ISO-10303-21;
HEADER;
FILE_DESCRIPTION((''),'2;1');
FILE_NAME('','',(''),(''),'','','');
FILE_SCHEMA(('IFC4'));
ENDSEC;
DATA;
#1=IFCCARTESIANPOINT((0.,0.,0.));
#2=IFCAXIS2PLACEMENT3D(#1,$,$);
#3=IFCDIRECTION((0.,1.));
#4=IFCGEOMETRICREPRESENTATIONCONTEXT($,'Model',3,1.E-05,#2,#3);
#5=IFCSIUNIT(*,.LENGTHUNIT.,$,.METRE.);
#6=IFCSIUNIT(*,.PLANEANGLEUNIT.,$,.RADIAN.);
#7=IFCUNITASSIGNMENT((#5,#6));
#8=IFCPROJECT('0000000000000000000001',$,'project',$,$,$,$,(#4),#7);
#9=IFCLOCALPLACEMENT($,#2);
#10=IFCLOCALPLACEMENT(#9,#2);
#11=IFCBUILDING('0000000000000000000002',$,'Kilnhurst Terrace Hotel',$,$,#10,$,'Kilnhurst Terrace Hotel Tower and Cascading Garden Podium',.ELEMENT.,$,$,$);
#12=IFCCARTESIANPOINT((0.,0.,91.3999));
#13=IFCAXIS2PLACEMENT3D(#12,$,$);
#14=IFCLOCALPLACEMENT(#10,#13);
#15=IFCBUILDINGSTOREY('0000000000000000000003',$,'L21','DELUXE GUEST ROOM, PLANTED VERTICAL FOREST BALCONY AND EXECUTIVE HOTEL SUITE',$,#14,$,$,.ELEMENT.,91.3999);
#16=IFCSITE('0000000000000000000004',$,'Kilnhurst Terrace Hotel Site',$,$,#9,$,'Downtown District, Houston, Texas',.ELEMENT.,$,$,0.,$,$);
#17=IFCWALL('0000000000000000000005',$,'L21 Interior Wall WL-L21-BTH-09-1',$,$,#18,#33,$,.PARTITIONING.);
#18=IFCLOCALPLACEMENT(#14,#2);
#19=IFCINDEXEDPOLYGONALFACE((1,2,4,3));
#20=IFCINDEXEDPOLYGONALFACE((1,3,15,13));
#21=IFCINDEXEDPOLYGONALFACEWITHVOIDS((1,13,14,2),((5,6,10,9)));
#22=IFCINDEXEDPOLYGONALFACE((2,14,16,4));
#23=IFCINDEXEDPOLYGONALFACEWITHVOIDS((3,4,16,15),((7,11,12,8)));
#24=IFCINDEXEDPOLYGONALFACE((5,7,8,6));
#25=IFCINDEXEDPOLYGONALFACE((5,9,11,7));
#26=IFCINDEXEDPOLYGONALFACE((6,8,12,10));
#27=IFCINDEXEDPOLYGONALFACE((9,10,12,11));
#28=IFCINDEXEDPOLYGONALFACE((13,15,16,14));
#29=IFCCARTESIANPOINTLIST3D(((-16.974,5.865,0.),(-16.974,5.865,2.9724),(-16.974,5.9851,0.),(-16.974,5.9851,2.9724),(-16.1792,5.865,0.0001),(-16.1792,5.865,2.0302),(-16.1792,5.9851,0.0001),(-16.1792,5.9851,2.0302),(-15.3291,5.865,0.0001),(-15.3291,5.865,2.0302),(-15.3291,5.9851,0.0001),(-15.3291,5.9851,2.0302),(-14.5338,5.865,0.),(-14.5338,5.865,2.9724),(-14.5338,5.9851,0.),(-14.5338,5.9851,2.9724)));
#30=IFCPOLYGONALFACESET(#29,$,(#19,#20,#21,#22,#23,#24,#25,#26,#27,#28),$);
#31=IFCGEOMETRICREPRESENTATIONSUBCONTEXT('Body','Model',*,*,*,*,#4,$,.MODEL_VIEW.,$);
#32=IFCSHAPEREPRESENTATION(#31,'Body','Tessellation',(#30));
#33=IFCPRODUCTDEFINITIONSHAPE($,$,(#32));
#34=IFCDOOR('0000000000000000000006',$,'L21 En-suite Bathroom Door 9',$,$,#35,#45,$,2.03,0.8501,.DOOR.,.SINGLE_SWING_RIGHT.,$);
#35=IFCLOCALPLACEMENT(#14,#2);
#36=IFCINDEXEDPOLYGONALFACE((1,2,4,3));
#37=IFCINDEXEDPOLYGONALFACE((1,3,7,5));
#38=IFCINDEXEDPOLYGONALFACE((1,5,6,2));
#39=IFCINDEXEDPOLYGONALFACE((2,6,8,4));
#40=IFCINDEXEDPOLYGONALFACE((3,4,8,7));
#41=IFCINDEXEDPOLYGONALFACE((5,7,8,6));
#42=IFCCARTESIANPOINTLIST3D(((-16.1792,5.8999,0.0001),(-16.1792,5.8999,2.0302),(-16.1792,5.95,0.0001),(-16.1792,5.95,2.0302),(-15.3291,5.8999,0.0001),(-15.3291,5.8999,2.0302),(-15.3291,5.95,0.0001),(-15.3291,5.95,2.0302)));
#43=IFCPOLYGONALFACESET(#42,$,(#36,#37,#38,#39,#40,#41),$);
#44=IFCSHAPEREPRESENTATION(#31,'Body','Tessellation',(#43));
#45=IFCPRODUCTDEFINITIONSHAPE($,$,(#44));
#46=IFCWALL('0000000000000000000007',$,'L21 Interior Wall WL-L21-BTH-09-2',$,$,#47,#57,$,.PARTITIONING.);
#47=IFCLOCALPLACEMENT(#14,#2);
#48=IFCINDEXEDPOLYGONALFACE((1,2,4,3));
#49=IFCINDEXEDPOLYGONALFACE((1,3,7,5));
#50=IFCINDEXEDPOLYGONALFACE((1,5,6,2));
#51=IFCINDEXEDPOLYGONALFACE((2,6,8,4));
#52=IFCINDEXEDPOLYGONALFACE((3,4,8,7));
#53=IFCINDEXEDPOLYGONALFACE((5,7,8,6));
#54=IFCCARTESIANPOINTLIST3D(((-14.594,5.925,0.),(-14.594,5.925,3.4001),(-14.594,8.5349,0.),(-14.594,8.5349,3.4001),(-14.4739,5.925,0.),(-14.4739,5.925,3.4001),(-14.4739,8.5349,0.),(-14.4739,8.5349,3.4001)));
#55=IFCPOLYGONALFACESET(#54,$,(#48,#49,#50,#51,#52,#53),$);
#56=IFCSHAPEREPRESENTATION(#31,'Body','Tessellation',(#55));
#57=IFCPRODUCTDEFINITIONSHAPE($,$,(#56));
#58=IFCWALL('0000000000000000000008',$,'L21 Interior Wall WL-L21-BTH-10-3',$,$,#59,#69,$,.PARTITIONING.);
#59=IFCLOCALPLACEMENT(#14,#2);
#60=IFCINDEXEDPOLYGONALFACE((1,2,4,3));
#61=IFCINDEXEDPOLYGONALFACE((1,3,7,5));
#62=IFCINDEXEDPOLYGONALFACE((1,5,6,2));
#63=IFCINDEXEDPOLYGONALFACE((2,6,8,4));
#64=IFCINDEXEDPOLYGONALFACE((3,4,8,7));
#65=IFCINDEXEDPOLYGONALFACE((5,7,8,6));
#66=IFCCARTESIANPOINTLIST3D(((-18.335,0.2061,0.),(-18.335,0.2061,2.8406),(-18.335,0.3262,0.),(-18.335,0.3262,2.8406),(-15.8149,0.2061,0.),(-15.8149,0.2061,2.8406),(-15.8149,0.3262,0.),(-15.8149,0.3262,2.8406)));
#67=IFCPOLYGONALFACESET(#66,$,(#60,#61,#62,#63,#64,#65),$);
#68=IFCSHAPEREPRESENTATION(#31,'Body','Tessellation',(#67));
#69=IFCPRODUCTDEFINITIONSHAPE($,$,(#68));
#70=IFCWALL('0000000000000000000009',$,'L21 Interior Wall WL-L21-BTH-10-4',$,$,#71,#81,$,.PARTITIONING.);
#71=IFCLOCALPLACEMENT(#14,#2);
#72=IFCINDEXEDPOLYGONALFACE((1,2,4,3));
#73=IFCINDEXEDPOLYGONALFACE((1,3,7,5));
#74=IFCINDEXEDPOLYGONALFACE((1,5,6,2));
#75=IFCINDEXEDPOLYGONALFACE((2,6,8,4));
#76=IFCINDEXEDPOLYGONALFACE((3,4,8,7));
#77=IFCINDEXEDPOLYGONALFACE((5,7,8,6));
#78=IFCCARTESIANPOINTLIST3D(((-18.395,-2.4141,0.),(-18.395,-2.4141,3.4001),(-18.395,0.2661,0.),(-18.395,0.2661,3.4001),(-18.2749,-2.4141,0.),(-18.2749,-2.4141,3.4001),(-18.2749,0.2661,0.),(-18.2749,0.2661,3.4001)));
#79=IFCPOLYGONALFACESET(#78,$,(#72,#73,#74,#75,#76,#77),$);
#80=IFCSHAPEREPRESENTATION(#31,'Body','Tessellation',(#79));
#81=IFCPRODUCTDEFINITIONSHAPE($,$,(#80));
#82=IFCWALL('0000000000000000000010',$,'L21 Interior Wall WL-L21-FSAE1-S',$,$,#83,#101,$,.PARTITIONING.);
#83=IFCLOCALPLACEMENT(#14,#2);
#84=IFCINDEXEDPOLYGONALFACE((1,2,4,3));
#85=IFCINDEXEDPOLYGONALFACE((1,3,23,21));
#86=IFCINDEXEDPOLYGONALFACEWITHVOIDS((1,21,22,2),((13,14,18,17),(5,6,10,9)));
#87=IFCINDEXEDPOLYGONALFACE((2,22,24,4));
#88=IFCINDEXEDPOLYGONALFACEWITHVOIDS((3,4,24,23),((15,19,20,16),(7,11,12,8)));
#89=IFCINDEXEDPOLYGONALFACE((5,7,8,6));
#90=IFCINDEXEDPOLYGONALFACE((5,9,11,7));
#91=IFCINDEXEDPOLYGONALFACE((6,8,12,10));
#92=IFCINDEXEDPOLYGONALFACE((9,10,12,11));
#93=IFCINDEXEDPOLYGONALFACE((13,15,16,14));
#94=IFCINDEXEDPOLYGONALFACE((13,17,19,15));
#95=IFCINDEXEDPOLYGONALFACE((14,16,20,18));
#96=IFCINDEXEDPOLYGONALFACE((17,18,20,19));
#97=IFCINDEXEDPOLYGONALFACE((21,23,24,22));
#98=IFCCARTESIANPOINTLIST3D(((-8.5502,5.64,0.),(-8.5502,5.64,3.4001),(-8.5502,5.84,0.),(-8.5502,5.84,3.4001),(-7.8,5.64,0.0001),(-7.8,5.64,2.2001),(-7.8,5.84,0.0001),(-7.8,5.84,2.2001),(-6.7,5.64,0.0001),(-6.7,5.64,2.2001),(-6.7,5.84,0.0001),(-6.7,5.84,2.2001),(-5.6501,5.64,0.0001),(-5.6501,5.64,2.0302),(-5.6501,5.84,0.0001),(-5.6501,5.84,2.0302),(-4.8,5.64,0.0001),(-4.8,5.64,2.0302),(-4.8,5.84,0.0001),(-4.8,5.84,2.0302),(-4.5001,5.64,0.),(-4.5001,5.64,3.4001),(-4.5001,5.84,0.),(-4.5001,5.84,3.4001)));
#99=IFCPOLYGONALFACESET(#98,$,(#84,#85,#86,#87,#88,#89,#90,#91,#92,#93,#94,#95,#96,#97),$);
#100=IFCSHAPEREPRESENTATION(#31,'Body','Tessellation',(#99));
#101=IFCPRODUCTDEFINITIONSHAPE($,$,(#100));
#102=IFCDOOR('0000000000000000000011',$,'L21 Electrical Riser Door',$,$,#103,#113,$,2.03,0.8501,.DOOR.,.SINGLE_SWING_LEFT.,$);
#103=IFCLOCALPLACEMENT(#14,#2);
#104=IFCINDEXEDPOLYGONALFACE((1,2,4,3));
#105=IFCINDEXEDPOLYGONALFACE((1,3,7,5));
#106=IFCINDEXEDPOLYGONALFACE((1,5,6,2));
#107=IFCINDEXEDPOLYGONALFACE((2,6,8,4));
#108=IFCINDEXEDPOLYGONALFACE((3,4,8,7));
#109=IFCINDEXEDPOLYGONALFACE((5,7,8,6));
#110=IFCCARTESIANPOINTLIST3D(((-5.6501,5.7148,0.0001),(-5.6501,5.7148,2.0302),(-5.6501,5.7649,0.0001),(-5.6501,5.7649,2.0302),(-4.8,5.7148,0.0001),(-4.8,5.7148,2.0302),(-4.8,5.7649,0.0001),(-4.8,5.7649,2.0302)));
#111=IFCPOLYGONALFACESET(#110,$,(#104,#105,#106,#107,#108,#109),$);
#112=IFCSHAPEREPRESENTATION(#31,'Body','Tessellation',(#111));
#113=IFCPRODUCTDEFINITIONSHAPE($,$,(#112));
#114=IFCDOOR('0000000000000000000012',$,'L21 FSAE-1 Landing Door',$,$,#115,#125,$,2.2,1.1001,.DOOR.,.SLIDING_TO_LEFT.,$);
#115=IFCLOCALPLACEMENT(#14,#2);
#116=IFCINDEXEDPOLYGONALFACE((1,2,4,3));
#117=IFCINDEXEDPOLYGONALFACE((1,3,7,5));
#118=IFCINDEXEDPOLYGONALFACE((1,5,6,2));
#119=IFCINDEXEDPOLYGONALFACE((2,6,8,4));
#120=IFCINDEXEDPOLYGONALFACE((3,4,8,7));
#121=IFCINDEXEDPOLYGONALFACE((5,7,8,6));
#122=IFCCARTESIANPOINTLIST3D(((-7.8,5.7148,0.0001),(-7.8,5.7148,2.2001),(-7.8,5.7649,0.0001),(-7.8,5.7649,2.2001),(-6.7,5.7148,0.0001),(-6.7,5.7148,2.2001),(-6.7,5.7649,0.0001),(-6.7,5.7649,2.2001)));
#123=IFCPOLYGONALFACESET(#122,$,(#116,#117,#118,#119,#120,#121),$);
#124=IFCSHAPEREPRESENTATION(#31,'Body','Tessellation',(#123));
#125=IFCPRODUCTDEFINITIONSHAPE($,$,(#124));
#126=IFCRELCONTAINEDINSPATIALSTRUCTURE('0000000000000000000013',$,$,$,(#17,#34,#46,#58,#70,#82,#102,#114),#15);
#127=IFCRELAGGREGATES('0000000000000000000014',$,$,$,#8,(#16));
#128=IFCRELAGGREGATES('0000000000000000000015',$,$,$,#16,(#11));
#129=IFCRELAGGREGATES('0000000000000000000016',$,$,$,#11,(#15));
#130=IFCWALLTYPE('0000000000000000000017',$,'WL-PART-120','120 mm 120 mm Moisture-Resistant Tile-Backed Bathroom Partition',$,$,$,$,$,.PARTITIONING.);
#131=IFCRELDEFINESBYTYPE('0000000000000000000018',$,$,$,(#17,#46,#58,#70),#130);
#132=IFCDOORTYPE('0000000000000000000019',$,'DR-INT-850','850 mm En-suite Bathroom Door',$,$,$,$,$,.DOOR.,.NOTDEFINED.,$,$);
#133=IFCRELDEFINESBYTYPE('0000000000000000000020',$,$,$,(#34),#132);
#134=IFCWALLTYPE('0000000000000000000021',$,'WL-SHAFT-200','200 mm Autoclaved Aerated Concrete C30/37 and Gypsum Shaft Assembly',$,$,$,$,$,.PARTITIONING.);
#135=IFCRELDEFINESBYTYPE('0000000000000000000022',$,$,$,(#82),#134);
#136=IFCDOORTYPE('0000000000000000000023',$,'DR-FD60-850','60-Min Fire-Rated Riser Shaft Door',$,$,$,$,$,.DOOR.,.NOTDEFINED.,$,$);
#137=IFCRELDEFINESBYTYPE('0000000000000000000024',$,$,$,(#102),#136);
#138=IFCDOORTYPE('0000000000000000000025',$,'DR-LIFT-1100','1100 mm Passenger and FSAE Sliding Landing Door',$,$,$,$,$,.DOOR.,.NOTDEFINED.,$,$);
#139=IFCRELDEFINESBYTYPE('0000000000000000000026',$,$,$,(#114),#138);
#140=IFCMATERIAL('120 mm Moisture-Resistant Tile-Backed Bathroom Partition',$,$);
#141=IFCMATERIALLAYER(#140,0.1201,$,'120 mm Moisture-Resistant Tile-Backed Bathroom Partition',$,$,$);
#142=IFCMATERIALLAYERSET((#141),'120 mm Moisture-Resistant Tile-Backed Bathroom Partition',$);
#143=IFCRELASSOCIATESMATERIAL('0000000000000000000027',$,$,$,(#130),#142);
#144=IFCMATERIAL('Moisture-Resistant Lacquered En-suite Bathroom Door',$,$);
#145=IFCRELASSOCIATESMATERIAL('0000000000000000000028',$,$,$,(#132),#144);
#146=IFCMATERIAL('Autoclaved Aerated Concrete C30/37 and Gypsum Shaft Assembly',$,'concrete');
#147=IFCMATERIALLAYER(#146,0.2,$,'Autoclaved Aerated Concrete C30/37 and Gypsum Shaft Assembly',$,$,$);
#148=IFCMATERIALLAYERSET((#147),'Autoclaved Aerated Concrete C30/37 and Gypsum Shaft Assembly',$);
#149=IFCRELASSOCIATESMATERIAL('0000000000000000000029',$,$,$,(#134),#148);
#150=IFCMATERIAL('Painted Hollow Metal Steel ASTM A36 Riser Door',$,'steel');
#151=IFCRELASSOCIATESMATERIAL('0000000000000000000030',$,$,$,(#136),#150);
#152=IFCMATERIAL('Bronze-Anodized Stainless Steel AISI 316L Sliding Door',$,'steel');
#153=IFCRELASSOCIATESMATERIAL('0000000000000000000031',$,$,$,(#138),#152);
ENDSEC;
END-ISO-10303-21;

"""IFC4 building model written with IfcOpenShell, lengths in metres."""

from ifc_helpers import new_model, si_unit, direction, frame, frame_2d, origin, place, context, subcontext, project, spatial, rectangle, extrude, material, layer, layer_set, type_object, element, fill, save


model = new_model("IFC4")

# Units and contexts
model_context = context("Model", 3, precision=1e-05, world=origin(), true_north=direction((0.0, 1.0)))
body_context = subcontext(model_context, "Body", "Model", "MODEL_VIEW")
ifc_project = project(units=[si_unit("LENGTHUNIT", "METRE"), si_unit("PLANEANGLEUNIT", "RADIAN")], contexts=[model_context])

# Site, building, storey
site_placement = place(None, origin())
site = spatial("IfcSite", under=ifc_project, at=site_placement, Name="Kilnhurst Terrace Hotel Site", LongName="Downtown District, Houston, Texas", CompositionType="ELEMENT", RefElevation=0.0)
building_placement = place(site_placement, origin())
building = spatial("IfcBuilding", under=site, at=building_placement, Name="Kilnhurst Terrace Hotel", LongName="Kilnhurst Terrace Hotel Tower and Cascading Garden Podium", CompositionType="ELEMENT")
storey_placement = place(building_placement, frame((0.0, 0.0, 91.3999)))
storey = spatial("IfcBuildingStorey", under=building, at=storey_placement, Name="L21", Description="DELUXE GUEST ROOM, PLANTED VERTICAL FOREST BALCONY AND EXECUTIVE HOTEL SUITE", CompositionType="ELEMENT", Elevation=91.3999)

# Wall, opening, door
ifc_material_1 = material(Name="120 mm Moisture-Resistant Tile-Backed Bathroom Partition")
ifc_layer_1 = layer(ifc_material_1, 0.1201, Name="120 mm Moisture-Resistant Tile-Backed Bathroom Partition")
ifc_layer_set_1 = layer_set([ifc_layer_1], Name="120 mm Moisture-Resistant Tile-Backed Bathroom Partition")
wall_type_1 = type_object("IfcWallType", Name="WL-PART-120", Description="120 mm 120 mm Moisture-Resistant Tile-Backed Bathroom Partition", PredefinedType="PARTITIONING", material=ifc_layer_set_1)
wall_1_placement = place(storey_placement, frame((-16.9741, 5.925, 0.0), z_axis=(0.0, 0.0, 1.0), x_axis=(1.0, 0.0, 0.0)))
wall_1 = element("IfcWall", 1, at=wall_1_placement, inside=storey, type_object=wall_type_1, Name="L21 Interior Wall WL-L21-BTH-09-1", PredefinedType="PARTITIONING", context=body_context, shape_type="SweptSolid", body=[
    extrude(rectangle(XDim=2.4402, YDim=0.1201, at=frame_2d((1.2202, 0.0))), origin(), (0.0, 0.0, 1.0), 2.9724),
])
opening_1_placement = place(wall_1_placement, frame((0.7949, 0.0, 0.0)))
opening_1 = element("IfcOpeningElement", 2, at=opening_1_placement, cuts=wall_1, PredefinedType="OPENING", context=body_context, shape_type="SweptSolid", body=[
    extrude(rectangle(XDim=0.8501, YDim=2.03, at=frame_2d((0.425, 1.0151))), frame((0.0, 0.0701, 0.0), z_axis=(0.0, -1.0, 0.0), x_axis=(1.0, 0.0, 0.0)), (0.0, 0.0, 1.0), 0.1401),
])
ifc_material_2 = material(Name="Moisture-Resistant Lacquered En-suite Bathroom Door")
door_type_1 = type_object("IfcDoorType", Name="DR-INT-850", Description="850 mm En-suite Bathroom Door", OperationType="NOTDEFINED", PredefinedType="DOOR", material=ifc_material_2)
door_1_placement = place(opening_1_placement, origin())
door_1 = element("IfcDoor", 3, at=door_1_placement, inside=storey, type_object=door_type_1, Name="L21 En-suite Bathroom Door 9", OperationType="SINGLE_SWING_RIGHT", OverallHeight=2.03, OverallWidth=0.8501, PredefinedType="DOOR", context=body_context, shape_type="SweptSolid", body=[
    extrude(rectangle(XDim=0.8501, YDim=2.03, at=frame_2d((0.425, 1.0151))), frame((0.0, 0.0249, 0.0), z_axis=(0.0, -1.0, 0.0), x_axis=(1.0, 0.0, 0.0)), (0.0, 0.0, 1.0), 0.05),
])
fill(opening_1, door_1)

# Walls
wall_2_placement = place(storey_placement, frame((-14.5339, 5.925, 0.0), z_axis=(0.0, 0.0, 1.0), x_axis=(0.0, 1.0, 0.0)))
element("IfcWall", 4, at=wall_2_placement, inside=storey, type_object=wall_type_1, Name="L21 Interior Wall WL-L21-BTH-09-2", PredefinedType="PARTITIONING", context=body_context, shape_type="SweptSolid", body=[
    extrude(rectangle(XDim=2.6099, YDim=0.1201, at=frame_2d((1.3049, 0.0))), origin(), (0.0, 0.0, 1.0), 3.4001),
])
wall_3_placement = place(storey_placement, frame((-15.8149, 0.2661, 0.0), z_axis=(0.0, 0.0, 1.0), x_axis=(-1.0, 0.0, 0.0)))
element("IfcWall", 5, at=wall_3_placement, inside=storey, type_object=wall_type_1, Name="L21 Interior Wall WL-L21-BTH-10-3", PredefinedType="PARTITIONING", context=body_context, shape_type="SweptSolid", body=[
    extrude(rectangle(XDim=2.52, YDim=0.1201, at=frame_2d((1.26, 0.0))), origin(), (0.0, 0.0, 1.0), 2.8406),
])
wall_4_placement = place(storey_placement, frame((-18.335, 0.2661, 0.0), z_axis=(0.0, 0.0, 1.0), x_axis=(0.0, -1.0, 0.0)))
element("IfcWall", 6, at=wall_4_placement, inside=storey, type_object=wall_type_1, Name="L21 Interior Wall WL-L21-BTH-10-4", PredefinedType="PARTITIONING", context=body_context, shape_type="SweptSolid", body=[
    extrude(rectangle(XDim=2.6802, YDim=0.1201, at=frame_2d((1.3401, 0.0))), origin(), (0.0, 0.0, 1.0), 3.4001),
])

# Wall, openings, doors
ifc_material_3 = material(Name="Autoclaved Aerated Concrete C30/37 and Gypsum Shaft Assembly", Category="concrete")
ifc_layer_2 = layer(ifc_material_3, 0.2, Name="Autoclaved Aerated Concrete C30/37 and Gypsum Shaft Assembly")
ifc_layer_set_2 = layer_set([ifc_layer_2], Name="Autoclaved Aerated Concrete C30/37 and Gypsum Shaft Assembly")
wall_type_2 = type_object("IfcWallType", Name="WL-SHAFT-200", Description="200 mm Autoclaved Aerated Concrete C30/37 and Gypsum Shaft Assembly", PredefinedType="PARTITIONING", material=ifc_layer_set_2)
wall_5_placement = place(storey_placement, frame((-8.55, 5.74, 0.0), z_axis=(0.0, 0.0, 1.0), x_axis=(1.0, 0.0, 0.0)))
wall_5 = element("IfcWall", 7, at=wall_5_placement, inside=storey, type_object=wall_type_2, Name="L21 Interior Wall WL-L21-FSAE1-S", PredefinedType="PARTITIONING", context=body_context, shape_type="SweptSolid", body=[
    extrude(rectangle(XDim=4.05, YDim=0.2, at=frame_2d((2.0249, 0.0))), origin(), (0.0, 0.0, 1.0), 3.4001),
])
opening_2_placement = place(wall_5_placement, frame((0.75, 0.0, 0.0)))
opening_2 = element("IfcOpeningElement", 8, at=opening_2_placement, cuts=wall_5, PredefinedType="OPENING", context=body_context, shape_type="SweptSolid", body=[
    extrude(rectangle(XDim=1.1001, YDim=2.2, at=frame_2d((0.55, 1.1001))), frame((0.0, 0.1099, 0.0), z_axis=(0.0, -1.0, 0.0), x_axis=(1.0, 0.0, 0.0)), (0.0, 0.0, 1.0), 0.22),
])
opening_3_placement = place(wall_5_placement, frame((2.8999, 0.0, 0.0)))
opening_3 = element("IfcOpeningElement", 9, at=opening_3_placement, cuts=wall_5, PredefinedType="OPENING", context=body_context, shape_type="SweptSolid", body=[
    extrude(rectangle(XDim=0.8501, YDim=2.03, at=frame_2d((0.425, 1.0151))), frame((0.0, 0.1099, 0.0), z_axis=(0.0, -1.0, 0.0), x_axis=(1.0, 0.0, 0.0)), (0.0, 0.0, 1.0), 0.22),
])
ifc_material_4 = material(Name="Painted Hollow Metal Steel ASTM A36 Riser Door", Category="steel")
door_type_2 = type_object("IfcDoorType", Name="DR-FD60-850", Description="60-Min Fire-Rated Riser Shaft Door", OperationType="NOTDEFINED", PredefinedType="DOOR", material=ifc_material_4)
door_2_placement = place(opening_3_placement, origin())
door_2 = element("IfcDoor", 10, at=door_2_placement, inside=storey, type_object=door_type_2, Name="L21 Electrical Riser Door", OperationType="SINGLE_SWING_LEFT", OverallHeight=2.03, OverallWidth=0.8501, PredefinedType="DOOR", context=body_context, shape_type="SweptSolid", body=[
    extrude(rectangle(XDim=0.8501, YDim=2.03, at=frame_2d((0.425, 1.0151))), frame((0.0, 0.0249, 0.0), z_axis=(0.0, -1.0, 0.0), x_axis=(1.0, 0.0, 0.0)), (0.0, 0.0, 1.0), 0.05),
])
fill(opening_3, door_2)
ifc_material_5 = material(Name="Bronze-Anodized Stainless Steel AISI 316L Sliding Door", Category="steel")
door_type_3 = type_object("IfcDoorType", Name="DR-LIFT-1100", Description="1100 mm Passenger and FSAE Sliding Landing Door", OperationType="NOTDEFINED", PredefinedType="DOOR", material=ifc_material_5)
door_3_placement = place(opening_2_placement, origin())
door_3 = element("IfcDoor", 11, at=door_3_placement, inside=storey, type_object=door_type_3, Name="L21 FSAE-1 Landing Door", OperationType="SLIDING_TO_LEFT", OverallHeight=2.2, OverallWidth=1.1001, PredefinedType="DOOR", context=body_context, shape_type="SweptSolid", body=[
    extrude(rectangle(XDim=1.1001, YDim=2.2, at=frame_2d((0.55, 1.1001))), frame((0.0, 0.0249, 0.0), z_axis=(0.0, -1.0, 0.0), x_axis=(1.0, 0.0, 0.0)), (0.0, 0.0, 1.0), 0.05),
])
fill(opening_2, door_3)

save(model, "model.ifc")
